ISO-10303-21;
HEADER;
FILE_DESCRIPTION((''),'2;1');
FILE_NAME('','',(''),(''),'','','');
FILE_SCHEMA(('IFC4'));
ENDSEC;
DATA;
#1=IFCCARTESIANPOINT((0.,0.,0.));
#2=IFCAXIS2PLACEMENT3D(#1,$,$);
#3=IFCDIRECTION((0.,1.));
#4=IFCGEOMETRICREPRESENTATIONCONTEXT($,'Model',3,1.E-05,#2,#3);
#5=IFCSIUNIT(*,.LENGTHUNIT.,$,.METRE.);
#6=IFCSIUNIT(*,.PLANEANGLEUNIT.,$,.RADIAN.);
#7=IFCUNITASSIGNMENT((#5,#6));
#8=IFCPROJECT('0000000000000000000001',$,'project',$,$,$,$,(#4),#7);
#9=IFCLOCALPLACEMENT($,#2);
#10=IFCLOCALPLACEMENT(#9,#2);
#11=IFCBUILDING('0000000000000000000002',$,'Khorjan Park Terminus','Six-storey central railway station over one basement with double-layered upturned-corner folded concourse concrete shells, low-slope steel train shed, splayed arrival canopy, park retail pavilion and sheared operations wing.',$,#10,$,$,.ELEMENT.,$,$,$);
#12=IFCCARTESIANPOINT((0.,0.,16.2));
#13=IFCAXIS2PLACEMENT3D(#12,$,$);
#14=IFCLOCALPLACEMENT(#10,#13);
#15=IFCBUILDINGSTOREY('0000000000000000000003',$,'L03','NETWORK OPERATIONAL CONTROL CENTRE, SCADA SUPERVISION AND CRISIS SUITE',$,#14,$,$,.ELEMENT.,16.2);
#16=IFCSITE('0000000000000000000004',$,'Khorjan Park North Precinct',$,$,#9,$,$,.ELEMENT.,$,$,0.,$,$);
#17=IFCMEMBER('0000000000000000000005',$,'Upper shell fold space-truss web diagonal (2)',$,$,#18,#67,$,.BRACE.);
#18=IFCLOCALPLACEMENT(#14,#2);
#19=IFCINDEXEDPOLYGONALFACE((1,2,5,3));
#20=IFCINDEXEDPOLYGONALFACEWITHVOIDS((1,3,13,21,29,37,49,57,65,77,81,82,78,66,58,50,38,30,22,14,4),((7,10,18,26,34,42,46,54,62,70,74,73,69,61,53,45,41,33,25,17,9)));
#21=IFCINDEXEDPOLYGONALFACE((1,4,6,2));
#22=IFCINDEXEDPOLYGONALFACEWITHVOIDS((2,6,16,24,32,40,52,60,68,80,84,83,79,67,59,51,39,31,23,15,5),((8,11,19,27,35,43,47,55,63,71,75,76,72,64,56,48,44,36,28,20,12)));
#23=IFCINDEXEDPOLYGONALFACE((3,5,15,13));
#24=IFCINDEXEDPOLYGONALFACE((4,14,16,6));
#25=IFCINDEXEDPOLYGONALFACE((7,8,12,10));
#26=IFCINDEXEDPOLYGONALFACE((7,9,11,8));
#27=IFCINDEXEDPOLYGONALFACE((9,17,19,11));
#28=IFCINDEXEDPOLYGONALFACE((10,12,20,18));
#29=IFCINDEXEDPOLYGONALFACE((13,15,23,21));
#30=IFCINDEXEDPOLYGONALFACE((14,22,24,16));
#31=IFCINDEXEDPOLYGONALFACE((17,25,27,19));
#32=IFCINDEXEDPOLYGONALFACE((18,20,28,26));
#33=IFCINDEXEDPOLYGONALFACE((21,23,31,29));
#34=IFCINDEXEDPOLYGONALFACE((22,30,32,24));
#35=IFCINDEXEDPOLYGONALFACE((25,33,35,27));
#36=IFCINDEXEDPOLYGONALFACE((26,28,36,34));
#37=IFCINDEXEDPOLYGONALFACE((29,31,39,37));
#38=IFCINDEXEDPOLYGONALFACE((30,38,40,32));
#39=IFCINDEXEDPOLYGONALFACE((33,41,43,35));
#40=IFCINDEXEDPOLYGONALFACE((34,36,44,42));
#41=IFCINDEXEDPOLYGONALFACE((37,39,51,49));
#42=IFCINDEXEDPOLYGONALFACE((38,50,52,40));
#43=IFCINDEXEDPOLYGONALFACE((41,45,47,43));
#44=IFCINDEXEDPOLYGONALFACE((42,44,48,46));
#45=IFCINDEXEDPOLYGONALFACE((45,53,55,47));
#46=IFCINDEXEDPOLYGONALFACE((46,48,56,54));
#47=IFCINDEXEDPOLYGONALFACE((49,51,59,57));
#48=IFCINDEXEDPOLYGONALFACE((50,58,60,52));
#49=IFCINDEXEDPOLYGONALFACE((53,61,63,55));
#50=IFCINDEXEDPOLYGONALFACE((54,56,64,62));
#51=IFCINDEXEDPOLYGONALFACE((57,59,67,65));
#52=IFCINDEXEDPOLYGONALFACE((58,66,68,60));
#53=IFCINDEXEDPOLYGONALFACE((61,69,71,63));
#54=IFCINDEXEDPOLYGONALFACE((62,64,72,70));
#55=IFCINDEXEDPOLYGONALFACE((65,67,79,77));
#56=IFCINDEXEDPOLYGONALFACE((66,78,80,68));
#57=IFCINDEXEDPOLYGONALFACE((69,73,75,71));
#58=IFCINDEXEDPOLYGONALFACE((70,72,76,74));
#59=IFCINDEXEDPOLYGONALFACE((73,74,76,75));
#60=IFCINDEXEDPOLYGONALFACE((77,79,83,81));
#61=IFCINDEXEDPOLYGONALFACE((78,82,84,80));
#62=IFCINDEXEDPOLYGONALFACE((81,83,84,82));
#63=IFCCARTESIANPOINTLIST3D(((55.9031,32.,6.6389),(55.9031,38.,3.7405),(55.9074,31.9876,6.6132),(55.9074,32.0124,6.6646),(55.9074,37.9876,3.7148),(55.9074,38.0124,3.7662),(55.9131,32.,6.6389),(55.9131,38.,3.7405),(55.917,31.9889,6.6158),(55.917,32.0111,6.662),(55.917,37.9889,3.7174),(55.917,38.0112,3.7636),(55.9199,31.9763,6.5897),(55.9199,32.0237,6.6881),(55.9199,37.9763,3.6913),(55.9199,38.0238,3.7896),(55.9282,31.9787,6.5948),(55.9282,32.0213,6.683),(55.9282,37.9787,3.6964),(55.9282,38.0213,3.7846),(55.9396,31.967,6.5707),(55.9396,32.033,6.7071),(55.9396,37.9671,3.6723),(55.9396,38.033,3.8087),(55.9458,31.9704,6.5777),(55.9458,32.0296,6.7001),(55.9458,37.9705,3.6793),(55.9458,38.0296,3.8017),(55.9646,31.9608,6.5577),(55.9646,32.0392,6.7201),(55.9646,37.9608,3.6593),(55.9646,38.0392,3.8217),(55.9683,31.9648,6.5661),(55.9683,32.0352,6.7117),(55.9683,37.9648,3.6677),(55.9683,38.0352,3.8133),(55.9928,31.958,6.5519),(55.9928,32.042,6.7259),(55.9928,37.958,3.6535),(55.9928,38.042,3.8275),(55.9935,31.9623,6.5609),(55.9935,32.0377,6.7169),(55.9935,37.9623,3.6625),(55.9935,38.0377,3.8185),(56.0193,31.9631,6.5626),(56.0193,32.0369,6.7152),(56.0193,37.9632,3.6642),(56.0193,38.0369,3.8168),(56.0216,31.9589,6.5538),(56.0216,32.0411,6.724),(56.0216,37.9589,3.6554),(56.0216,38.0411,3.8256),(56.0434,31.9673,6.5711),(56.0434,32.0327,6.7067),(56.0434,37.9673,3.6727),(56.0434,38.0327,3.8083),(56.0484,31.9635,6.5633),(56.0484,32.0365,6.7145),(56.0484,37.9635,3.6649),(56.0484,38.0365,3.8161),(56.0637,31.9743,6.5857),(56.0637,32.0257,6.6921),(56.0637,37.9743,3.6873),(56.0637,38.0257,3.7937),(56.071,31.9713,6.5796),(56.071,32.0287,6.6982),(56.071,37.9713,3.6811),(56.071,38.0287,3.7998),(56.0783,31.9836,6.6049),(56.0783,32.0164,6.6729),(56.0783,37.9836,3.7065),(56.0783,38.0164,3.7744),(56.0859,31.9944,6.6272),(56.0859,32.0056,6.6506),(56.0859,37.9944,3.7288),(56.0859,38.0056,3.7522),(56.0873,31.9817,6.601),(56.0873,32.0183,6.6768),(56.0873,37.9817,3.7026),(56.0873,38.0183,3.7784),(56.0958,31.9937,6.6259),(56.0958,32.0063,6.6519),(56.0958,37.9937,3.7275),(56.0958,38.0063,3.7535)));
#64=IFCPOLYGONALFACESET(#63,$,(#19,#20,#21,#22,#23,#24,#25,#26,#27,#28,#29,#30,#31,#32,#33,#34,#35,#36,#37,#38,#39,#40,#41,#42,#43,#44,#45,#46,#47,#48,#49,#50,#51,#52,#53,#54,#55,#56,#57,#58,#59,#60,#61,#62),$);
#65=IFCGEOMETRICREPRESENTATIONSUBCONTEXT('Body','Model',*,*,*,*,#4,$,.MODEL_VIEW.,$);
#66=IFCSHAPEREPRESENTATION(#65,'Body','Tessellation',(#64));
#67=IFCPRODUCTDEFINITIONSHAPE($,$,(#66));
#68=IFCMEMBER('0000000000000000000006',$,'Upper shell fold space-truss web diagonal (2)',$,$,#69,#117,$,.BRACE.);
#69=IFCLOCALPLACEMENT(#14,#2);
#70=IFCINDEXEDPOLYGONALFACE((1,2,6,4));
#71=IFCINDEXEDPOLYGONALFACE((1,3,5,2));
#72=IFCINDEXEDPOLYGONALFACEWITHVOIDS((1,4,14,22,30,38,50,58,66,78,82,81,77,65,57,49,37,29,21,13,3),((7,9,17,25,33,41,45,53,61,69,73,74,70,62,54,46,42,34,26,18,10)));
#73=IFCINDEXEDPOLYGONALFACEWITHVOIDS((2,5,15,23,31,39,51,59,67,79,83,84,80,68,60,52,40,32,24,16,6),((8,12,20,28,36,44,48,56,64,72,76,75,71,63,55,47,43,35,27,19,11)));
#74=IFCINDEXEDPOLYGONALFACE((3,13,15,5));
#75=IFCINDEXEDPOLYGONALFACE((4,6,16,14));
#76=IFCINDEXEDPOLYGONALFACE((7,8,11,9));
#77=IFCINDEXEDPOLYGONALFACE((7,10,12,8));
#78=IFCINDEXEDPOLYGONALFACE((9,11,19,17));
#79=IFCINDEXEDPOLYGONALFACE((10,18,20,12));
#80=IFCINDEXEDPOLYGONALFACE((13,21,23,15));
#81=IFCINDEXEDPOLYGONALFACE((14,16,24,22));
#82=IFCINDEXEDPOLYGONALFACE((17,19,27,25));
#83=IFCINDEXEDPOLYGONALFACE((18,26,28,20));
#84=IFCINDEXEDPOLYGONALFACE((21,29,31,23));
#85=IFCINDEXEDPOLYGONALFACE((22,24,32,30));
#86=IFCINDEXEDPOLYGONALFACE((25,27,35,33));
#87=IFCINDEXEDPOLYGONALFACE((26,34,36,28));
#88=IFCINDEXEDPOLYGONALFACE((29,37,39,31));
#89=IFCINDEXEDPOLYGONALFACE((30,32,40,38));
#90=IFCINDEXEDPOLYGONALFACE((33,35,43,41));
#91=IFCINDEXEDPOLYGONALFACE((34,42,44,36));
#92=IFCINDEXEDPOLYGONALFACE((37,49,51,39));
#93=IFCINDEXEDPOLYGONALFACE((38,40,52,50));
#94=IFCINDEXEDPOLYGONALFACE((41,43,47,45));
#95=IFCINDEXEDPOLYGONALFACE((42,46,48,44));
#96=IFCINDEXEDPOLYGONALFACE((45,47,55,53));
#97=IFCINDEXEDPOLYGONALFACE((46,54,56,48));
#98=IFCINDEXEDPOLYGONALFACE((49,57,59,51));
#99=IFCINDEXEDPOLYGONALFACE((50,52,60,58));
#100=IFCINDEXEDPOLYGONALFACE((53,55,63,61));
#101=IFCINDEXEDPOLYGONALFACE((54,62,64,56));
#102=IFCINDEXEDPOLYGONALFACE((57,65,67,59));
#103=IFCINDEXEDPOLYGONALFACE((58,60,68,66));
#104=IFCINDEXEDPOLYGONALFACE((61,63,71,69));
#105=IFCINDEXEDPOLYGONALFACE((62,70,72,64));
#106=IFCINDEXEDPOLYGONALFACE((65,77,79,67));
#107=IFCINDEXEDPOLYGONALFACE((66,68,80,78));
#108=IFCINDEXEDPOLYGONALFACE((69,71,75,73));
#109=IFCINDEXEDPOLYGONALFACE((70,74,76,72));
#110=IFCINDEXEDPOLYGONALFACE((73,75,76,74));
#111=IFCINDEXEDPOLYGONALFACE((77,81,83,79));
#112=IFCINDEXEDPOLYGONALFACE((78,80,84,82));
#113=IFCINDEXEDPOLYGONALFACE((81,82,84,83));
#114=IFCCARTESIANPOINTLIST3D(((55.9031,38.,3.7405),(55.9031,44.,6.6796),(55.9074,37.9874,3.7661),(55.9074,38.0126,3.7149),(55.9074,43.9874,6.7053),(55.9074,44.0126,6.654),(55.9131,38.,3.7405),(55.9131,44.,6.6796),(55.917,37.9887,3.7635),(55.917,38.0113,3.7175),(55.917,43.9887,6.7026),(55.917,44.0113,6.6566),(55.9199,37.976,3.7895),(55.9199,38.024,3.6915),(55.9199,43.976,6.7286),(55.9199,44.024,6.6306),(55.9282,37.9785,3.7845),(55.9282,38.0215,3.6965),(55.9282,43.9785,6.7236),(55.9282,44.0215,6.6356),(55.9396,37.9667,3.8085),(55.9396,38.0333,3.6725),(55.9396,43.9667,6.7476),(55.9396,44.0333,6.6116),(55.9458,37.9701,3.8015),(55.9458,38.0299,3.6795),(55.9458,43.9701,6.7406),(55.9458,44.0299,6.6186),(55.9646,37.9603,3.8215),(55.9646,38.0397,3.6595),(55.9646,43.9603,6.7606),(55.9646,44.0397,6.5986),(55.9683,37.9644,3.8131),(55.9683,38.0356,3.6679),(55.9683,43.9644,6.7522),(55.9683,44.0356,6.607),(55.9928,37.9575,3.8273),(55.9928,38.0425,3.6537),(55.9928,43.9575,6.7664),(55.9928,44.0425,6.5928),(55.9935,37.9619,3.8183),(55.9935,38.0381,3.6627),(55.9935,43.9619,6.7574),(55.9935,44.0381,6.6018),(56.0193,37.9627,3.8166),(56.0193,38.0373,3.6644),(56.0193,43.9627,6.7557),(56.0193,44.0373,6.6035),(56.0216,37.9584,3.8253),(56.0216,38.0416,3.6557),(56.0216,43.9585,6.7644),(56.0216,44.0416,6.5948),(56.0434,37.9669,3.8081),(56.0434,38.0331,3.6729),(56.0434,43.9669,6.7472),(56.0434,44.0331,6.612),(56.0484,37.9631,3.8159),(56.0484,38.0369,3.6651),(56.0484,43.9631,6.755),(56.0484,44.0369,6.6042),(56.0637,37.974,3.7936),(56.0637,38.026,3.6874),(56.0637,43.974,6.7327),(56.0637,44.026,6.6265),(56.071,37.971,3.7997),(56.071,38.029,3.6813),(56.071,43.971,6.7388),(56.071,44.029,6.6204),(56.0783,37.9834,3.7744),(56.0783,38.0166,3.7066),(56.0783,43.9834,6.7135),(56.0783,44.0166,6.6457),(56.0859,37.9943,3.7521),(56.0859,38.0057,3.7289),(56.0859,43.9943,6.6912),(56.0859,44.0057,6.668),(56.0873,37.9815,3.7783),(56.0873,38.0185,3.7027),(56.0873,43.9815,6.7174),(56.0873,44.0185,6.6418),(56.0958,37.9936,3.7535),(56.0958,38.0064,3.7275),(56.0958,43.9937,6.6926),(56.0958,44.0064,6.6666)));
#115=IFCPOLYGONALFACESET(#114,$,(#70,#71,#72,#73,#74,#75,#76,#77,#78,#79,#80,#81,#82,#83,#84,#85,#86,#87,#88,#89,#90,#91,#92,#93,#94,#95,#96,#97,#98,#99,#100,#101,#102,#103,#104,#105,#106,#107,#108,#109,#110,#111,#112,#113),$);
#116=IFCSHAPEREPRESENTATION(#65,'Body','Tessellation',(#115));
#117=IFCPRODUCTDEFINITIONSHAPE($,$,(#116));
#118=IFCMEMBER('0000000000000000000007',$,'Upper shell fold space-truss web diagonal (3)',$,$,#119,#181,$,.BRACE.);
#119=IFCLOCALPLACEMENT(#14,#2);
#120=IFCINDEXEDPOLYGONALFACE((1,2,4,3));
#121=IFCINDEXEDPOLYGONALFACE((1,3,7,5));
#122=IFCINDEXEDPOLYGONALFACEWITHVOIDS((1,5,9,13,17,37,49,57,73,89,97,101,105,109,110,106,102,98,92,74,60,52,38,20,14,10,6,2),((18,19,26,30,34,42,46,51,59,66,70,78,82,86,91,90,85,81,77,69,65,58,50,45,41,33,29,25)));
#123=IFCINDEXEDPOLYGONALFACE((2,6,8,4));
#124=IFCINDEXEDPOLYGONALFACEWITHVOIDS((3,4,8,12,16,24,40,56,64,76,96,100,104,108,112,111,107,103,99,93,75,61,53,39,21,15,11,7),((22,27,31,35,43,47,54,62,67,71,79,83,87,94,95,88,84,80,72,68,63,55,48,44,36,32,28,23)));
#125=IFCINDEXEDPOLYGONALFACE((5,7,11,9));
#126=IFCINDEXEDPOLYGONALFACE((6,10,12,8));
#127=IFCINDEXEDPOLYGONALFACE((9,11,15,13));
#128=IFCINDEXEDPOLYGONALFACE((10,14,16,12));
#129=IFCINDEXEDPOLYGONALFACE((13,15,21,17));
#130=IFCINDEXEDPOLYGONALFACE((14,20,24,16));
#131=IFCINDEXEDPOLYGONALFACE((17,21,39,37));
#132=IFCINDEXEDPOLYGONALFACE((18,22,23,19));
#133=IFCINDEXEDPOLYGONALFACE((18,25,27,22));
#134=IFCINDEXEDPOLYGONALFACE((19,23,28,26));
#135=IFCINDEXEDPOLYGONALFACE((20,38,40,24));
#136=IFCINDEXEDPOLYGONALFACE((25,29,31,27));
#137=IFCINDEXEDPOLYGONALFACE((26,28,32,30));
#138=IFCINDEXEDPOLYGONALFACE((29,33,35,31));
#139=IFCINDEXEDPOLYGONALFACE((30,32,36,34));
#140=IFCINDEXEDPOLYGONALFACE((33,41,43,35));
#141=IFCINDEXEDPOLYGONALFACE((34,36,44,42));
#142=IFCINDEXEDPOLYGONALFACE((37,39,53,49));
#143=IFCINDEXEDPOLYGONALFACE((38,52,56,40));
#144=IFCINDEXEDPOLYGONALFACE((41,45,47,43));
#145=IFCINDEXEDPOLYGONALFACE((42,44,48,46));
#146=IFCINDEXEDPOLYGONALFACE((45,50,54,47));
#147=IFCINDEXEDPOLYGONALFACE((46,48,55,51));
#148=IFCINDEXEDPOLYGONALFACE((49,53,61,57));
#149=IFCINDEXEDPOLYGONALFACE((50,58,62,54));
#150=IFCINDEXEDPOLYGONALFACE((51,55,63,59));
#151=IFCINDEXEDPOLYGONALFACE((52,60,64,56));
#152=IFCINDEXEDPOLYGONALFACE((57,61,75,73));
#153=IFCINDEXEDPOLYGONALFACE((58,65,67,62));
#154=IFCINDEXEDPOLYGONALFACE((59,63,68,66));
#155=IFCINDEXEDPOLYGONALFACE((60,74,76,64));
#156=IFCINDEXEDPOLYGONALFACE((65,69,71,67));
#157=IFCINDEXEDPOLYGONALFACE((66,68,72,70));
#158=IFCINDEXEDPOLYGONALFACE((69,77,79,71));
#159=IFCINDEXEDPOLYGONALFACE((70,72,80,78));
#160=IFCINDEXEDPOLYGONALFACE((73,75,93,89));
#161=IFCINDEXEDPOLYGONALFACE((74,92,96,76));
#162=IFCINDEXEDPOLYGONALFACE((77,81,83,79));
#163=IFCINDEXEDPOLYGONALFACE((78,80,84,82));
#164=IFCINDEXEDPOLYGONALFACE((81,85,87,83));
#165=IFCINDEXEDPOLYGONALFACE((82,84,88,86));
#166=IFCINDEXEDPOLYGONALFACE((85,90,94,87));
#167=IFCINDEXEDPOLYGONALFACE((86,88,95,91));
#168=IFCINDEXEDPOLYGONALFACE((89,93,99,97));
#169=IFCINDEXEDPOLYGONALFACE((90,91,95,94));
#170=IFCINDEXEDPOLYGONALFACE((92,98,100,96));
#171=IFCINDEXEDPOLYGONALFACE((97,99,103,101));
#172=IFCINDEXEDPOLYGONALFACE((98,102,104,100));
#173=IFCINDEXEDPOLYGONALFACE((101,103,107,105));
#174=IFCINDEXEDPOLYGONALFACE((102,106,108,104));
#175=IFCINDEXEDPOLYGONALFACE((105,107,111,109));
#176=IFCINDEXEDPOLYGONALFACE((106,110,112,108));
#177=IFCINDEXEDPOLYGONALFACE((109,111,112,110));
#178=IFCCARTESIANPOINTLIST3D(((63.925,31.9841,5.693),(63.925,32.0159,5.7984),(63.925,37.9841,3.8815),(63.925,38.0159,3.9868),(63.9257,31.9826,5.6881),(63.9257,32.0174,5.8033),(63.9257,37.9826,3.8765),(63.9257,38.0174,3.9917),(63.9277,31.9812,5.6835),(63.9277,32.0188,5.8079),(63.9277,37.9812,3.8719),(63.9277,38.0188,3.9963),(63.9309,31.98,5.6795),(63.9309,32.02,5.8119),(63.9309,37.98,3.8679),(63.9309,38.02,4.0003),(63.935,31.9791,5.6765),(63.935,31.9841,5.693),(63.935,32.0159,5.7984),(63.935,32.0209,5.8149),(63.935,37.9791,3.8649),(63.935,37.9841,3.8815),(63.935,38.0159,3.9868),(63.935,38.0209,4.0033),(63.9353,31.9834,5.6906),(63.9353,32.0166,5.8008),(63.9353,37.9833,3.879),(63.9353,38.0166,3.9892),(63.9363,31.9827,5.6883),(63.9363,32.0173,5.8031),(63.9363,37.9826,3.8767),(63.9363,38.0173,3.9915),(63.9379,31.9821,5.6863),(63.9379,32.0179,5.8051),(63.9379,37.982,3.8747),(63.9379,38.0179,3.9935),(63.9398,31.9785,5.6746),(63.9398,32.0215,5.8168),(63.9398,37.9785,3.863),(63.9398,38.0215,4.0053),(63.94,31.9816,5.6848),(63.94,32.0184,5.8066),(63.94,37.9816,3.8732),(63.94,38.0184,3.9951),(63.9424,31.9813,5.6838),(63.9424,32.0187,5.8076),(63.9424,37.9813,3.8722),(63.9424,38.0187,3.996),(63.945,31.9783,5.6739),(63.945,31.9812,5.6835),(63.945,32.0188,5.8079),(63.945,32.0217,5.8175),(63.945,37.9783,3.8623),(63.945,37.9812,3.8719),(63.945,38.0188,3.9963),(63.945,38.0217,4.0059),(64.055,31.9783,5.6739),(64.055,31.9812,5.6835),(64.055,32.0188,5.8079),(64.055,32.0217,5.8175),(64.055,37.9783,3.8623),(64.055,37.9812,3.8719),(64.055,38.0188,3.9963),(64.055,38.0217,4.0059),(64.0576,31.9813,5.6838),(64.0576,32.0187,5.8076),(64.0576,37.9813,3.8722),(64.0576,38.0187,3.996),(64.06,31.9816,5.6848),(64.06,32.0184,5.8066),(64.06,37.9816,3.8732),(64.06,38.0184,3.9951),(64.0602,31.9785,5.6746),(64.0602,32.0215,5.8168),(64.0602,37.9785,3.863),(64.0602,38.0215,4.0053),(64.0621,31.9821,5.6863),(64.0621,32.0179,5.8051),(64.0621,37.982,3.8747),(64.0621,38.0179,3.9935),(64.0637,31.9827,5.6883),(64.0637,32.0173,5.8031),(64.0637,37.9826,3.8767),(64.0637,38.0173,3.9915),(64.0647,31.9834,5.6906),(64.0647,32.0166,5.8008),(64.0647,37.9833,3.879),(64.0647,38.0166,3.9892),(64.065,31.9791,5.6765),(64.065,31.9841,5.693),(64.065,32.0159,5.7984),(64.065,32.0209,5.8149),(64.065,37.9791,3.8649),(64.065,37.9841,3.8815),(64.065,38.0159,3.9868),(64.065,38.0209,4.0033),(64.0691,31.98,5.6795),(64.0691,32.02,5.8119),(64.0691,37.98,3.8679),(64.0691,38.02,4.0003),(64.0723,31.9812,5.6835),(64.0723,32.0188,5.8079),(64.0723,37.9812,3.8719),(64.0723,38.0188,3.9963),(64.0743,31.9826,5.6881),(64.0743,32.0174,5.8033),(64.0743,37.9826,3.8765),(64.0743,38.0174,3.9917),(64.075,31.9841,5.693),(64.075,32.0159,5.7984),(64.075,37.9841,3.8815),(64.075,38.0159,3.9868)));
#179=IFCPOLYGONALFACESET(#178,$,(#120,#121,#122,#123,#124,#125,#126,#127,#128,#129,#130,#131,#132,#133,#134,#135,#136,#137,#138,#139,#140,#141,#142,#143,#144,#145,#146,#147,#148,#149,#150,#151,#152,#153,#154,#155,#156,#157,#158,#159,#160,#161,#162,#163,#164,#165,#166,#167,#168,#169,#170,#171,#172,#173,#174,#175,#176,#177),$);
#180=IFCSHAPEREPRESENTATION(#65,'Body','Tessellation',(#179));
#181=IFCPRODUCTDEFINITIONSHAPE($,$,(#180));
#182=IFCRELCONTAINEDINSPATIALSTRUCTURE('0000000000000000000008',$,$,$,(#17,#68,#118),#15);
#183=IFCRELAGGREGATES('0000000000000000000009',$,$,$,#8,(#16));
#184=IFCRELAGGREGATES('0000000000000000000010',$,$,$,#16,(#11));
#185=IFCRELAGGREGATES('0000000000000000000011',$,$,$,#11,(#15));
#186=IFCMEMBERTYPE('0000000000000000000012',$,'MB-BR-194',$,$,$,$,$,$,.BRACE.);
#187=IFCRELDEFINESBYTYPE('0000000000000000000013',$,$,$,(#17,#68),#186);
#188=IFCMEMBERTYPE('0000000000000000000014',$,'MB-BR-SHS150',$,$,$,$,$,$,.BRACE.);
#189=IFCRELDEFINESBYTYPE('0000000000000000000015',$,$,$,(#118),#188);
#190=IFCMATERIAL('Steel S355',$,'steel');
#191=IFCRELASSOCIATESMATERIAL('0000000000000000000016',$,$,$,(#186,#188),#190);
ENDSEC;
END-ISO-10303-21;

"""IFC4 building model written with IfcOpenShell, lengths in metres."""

from ifc_helpers import new_model, si_unit, direction, frame, origin, origin_2d, place, context, subcontext, project, spatial, hollow_rectangle, hollow_circle, extrude, material, material_profile, profile_set, type_object, element, save


model = new_model("IFC4")

# Units and contexts
model_context = context("Model", 3, precision=1e-05, world=origin(), true_north=direction((0.0, 1.0)))
body_context = subcontext(model_context, "Body", "Model", "MODEL_VIEW")
ifc_project = project(units=[si_unit("LENGTHUNIT", "METRE"), si_unit("PLANEANGLEUNIT", "RADIAN")], contexts=[model_context])

# Site, building, storey
site_placement = place(None, origin())
site = spatial("IfcSite", under=ifc_project, at=site_placement, Name="Khorjan Park North Precinct", CompositionType="ELEMENT", RefElevation=0.0)
building_placement = place(site_placement, origin())
building = spatial("IfcBuilding", under=site, at=building_placement, Name="Khorjan Park Terminus", Description="Six-storey central railway station over one basement with double-layered upturned-corner folded concourse concrete shells, low-slope steel train shed, splayed arrival canopy, park retail pavilion and sheared operations wing.", CompositionType="ELEMENT")
storey_placement = place(building_placement, frame((0.0, 0.0, 16.2)))
storey = spatial("IfcBuildingStorey", under=building, at=storey_placement, Name="L03", Description="NETWORK OPERATIONAL CONTROL CENTRE, SCADA SUPERVISION AND CRISIS SUITE", CompositionType="ELEMENT", Elevation=16.2)

# Members
ifc_material = material(Name="Steel S355", Category="steel")
ifc_material_profile_1 = material_profile(ifc_material, hollow_circle(Radius=0.0969, WallThickness=0.01, at=origin_2d()), Name="CHS 193.7x10")
ifc_profile_set_1 = profile_set([ifc_material_profile_1], Name="Steel S355")
member_type_1 = type_object("IfcMemberType", Name="MB-BR-194", PredefinedType="BRACE", material=ifc_profile_set_1)
member_1_placement = place(storey_placement, frame((56.0, 32.0, 6.6389), z_axis=(0.0, 0.900443, -0.434974), x_axis=(-1.0, 0.0, 0.0)))
element("IfcMember", 1, at=member_1_placement, inside=storey, type_object=member_type_1, Name="Upper shell fold space-truss web diagonal (2)", PredefinedType="BRACE", context=body_context, shape_type="SweptSolid", body=[
    extrude(hollow_circle(Radius=0.0969, WallThickness=0.01, at=origin_2d()), origin(), (0.0, 0.0, 1.0), 6.6634),
])
member_2_placement = place(storey_placement, frame((56.0, 38.0, 3.7405), z_axis=(0.0, 0.898044, 0.439907), x_axis=(-1.0, 0.0, 0.0)))
element("IfcMember", 2, at=member_2_placement, inside=storey, type_object=member_type_1, Name="Upper shell fold space-truss web diagonal (2)", PredefinedType="BRACE", context=body_context, shape_type="SweptSolid", body=[
    extrude(hollow_circle(Radius=0.0969, WallThickness=0.01, at=origin_2d()), origin(), (0.0, 0.0, 1.0), 6.6812),
])
ifc_material_profile_2 = material_profile(ifc_material, hollow_rectangle(XDim=0.15, YDim=0.15, WallThickness=0.01, InnerFilletRadius=0.01, OuterFilletRadius=0.02, at=origin_2d()), Name="SHS 150x150x10")
ifc_profile_set_2 = profile_set([ifc_material_profile_2], Name="Steel S355")
member_type_2 = type_object("IfcMemberType", Name="MB-BR-SHS150", PredefinedType="BRACE", material=ifc_profile_set_2)
member_3_placement = place(storey_placement, frame((64.0, 32.0, 5.7457), z_axis=(0.0, 0.957315, -0.289045), x_axis=(-1.0, 0.0, 0.0)))
element("IfcMember", 3, at=member_3_placement, inside=storey, type_object=member_type_2, Name="Upper shell fold space-truss web diagonal (3)", PredefinedType="BRACE", context=body_context, shape_type="SweptSolid", body=[
    extrude(hollow_rectangle(XDim=0.15, YDim=0.15, WallThickness=0.01, InnerFilletRadius=0.01, OuterFilletRadius=0.02, at=origin_2d()), origin(), (0.0, 0.0, 1.0), 6.2675),
])

save(model, "model.ifc")
